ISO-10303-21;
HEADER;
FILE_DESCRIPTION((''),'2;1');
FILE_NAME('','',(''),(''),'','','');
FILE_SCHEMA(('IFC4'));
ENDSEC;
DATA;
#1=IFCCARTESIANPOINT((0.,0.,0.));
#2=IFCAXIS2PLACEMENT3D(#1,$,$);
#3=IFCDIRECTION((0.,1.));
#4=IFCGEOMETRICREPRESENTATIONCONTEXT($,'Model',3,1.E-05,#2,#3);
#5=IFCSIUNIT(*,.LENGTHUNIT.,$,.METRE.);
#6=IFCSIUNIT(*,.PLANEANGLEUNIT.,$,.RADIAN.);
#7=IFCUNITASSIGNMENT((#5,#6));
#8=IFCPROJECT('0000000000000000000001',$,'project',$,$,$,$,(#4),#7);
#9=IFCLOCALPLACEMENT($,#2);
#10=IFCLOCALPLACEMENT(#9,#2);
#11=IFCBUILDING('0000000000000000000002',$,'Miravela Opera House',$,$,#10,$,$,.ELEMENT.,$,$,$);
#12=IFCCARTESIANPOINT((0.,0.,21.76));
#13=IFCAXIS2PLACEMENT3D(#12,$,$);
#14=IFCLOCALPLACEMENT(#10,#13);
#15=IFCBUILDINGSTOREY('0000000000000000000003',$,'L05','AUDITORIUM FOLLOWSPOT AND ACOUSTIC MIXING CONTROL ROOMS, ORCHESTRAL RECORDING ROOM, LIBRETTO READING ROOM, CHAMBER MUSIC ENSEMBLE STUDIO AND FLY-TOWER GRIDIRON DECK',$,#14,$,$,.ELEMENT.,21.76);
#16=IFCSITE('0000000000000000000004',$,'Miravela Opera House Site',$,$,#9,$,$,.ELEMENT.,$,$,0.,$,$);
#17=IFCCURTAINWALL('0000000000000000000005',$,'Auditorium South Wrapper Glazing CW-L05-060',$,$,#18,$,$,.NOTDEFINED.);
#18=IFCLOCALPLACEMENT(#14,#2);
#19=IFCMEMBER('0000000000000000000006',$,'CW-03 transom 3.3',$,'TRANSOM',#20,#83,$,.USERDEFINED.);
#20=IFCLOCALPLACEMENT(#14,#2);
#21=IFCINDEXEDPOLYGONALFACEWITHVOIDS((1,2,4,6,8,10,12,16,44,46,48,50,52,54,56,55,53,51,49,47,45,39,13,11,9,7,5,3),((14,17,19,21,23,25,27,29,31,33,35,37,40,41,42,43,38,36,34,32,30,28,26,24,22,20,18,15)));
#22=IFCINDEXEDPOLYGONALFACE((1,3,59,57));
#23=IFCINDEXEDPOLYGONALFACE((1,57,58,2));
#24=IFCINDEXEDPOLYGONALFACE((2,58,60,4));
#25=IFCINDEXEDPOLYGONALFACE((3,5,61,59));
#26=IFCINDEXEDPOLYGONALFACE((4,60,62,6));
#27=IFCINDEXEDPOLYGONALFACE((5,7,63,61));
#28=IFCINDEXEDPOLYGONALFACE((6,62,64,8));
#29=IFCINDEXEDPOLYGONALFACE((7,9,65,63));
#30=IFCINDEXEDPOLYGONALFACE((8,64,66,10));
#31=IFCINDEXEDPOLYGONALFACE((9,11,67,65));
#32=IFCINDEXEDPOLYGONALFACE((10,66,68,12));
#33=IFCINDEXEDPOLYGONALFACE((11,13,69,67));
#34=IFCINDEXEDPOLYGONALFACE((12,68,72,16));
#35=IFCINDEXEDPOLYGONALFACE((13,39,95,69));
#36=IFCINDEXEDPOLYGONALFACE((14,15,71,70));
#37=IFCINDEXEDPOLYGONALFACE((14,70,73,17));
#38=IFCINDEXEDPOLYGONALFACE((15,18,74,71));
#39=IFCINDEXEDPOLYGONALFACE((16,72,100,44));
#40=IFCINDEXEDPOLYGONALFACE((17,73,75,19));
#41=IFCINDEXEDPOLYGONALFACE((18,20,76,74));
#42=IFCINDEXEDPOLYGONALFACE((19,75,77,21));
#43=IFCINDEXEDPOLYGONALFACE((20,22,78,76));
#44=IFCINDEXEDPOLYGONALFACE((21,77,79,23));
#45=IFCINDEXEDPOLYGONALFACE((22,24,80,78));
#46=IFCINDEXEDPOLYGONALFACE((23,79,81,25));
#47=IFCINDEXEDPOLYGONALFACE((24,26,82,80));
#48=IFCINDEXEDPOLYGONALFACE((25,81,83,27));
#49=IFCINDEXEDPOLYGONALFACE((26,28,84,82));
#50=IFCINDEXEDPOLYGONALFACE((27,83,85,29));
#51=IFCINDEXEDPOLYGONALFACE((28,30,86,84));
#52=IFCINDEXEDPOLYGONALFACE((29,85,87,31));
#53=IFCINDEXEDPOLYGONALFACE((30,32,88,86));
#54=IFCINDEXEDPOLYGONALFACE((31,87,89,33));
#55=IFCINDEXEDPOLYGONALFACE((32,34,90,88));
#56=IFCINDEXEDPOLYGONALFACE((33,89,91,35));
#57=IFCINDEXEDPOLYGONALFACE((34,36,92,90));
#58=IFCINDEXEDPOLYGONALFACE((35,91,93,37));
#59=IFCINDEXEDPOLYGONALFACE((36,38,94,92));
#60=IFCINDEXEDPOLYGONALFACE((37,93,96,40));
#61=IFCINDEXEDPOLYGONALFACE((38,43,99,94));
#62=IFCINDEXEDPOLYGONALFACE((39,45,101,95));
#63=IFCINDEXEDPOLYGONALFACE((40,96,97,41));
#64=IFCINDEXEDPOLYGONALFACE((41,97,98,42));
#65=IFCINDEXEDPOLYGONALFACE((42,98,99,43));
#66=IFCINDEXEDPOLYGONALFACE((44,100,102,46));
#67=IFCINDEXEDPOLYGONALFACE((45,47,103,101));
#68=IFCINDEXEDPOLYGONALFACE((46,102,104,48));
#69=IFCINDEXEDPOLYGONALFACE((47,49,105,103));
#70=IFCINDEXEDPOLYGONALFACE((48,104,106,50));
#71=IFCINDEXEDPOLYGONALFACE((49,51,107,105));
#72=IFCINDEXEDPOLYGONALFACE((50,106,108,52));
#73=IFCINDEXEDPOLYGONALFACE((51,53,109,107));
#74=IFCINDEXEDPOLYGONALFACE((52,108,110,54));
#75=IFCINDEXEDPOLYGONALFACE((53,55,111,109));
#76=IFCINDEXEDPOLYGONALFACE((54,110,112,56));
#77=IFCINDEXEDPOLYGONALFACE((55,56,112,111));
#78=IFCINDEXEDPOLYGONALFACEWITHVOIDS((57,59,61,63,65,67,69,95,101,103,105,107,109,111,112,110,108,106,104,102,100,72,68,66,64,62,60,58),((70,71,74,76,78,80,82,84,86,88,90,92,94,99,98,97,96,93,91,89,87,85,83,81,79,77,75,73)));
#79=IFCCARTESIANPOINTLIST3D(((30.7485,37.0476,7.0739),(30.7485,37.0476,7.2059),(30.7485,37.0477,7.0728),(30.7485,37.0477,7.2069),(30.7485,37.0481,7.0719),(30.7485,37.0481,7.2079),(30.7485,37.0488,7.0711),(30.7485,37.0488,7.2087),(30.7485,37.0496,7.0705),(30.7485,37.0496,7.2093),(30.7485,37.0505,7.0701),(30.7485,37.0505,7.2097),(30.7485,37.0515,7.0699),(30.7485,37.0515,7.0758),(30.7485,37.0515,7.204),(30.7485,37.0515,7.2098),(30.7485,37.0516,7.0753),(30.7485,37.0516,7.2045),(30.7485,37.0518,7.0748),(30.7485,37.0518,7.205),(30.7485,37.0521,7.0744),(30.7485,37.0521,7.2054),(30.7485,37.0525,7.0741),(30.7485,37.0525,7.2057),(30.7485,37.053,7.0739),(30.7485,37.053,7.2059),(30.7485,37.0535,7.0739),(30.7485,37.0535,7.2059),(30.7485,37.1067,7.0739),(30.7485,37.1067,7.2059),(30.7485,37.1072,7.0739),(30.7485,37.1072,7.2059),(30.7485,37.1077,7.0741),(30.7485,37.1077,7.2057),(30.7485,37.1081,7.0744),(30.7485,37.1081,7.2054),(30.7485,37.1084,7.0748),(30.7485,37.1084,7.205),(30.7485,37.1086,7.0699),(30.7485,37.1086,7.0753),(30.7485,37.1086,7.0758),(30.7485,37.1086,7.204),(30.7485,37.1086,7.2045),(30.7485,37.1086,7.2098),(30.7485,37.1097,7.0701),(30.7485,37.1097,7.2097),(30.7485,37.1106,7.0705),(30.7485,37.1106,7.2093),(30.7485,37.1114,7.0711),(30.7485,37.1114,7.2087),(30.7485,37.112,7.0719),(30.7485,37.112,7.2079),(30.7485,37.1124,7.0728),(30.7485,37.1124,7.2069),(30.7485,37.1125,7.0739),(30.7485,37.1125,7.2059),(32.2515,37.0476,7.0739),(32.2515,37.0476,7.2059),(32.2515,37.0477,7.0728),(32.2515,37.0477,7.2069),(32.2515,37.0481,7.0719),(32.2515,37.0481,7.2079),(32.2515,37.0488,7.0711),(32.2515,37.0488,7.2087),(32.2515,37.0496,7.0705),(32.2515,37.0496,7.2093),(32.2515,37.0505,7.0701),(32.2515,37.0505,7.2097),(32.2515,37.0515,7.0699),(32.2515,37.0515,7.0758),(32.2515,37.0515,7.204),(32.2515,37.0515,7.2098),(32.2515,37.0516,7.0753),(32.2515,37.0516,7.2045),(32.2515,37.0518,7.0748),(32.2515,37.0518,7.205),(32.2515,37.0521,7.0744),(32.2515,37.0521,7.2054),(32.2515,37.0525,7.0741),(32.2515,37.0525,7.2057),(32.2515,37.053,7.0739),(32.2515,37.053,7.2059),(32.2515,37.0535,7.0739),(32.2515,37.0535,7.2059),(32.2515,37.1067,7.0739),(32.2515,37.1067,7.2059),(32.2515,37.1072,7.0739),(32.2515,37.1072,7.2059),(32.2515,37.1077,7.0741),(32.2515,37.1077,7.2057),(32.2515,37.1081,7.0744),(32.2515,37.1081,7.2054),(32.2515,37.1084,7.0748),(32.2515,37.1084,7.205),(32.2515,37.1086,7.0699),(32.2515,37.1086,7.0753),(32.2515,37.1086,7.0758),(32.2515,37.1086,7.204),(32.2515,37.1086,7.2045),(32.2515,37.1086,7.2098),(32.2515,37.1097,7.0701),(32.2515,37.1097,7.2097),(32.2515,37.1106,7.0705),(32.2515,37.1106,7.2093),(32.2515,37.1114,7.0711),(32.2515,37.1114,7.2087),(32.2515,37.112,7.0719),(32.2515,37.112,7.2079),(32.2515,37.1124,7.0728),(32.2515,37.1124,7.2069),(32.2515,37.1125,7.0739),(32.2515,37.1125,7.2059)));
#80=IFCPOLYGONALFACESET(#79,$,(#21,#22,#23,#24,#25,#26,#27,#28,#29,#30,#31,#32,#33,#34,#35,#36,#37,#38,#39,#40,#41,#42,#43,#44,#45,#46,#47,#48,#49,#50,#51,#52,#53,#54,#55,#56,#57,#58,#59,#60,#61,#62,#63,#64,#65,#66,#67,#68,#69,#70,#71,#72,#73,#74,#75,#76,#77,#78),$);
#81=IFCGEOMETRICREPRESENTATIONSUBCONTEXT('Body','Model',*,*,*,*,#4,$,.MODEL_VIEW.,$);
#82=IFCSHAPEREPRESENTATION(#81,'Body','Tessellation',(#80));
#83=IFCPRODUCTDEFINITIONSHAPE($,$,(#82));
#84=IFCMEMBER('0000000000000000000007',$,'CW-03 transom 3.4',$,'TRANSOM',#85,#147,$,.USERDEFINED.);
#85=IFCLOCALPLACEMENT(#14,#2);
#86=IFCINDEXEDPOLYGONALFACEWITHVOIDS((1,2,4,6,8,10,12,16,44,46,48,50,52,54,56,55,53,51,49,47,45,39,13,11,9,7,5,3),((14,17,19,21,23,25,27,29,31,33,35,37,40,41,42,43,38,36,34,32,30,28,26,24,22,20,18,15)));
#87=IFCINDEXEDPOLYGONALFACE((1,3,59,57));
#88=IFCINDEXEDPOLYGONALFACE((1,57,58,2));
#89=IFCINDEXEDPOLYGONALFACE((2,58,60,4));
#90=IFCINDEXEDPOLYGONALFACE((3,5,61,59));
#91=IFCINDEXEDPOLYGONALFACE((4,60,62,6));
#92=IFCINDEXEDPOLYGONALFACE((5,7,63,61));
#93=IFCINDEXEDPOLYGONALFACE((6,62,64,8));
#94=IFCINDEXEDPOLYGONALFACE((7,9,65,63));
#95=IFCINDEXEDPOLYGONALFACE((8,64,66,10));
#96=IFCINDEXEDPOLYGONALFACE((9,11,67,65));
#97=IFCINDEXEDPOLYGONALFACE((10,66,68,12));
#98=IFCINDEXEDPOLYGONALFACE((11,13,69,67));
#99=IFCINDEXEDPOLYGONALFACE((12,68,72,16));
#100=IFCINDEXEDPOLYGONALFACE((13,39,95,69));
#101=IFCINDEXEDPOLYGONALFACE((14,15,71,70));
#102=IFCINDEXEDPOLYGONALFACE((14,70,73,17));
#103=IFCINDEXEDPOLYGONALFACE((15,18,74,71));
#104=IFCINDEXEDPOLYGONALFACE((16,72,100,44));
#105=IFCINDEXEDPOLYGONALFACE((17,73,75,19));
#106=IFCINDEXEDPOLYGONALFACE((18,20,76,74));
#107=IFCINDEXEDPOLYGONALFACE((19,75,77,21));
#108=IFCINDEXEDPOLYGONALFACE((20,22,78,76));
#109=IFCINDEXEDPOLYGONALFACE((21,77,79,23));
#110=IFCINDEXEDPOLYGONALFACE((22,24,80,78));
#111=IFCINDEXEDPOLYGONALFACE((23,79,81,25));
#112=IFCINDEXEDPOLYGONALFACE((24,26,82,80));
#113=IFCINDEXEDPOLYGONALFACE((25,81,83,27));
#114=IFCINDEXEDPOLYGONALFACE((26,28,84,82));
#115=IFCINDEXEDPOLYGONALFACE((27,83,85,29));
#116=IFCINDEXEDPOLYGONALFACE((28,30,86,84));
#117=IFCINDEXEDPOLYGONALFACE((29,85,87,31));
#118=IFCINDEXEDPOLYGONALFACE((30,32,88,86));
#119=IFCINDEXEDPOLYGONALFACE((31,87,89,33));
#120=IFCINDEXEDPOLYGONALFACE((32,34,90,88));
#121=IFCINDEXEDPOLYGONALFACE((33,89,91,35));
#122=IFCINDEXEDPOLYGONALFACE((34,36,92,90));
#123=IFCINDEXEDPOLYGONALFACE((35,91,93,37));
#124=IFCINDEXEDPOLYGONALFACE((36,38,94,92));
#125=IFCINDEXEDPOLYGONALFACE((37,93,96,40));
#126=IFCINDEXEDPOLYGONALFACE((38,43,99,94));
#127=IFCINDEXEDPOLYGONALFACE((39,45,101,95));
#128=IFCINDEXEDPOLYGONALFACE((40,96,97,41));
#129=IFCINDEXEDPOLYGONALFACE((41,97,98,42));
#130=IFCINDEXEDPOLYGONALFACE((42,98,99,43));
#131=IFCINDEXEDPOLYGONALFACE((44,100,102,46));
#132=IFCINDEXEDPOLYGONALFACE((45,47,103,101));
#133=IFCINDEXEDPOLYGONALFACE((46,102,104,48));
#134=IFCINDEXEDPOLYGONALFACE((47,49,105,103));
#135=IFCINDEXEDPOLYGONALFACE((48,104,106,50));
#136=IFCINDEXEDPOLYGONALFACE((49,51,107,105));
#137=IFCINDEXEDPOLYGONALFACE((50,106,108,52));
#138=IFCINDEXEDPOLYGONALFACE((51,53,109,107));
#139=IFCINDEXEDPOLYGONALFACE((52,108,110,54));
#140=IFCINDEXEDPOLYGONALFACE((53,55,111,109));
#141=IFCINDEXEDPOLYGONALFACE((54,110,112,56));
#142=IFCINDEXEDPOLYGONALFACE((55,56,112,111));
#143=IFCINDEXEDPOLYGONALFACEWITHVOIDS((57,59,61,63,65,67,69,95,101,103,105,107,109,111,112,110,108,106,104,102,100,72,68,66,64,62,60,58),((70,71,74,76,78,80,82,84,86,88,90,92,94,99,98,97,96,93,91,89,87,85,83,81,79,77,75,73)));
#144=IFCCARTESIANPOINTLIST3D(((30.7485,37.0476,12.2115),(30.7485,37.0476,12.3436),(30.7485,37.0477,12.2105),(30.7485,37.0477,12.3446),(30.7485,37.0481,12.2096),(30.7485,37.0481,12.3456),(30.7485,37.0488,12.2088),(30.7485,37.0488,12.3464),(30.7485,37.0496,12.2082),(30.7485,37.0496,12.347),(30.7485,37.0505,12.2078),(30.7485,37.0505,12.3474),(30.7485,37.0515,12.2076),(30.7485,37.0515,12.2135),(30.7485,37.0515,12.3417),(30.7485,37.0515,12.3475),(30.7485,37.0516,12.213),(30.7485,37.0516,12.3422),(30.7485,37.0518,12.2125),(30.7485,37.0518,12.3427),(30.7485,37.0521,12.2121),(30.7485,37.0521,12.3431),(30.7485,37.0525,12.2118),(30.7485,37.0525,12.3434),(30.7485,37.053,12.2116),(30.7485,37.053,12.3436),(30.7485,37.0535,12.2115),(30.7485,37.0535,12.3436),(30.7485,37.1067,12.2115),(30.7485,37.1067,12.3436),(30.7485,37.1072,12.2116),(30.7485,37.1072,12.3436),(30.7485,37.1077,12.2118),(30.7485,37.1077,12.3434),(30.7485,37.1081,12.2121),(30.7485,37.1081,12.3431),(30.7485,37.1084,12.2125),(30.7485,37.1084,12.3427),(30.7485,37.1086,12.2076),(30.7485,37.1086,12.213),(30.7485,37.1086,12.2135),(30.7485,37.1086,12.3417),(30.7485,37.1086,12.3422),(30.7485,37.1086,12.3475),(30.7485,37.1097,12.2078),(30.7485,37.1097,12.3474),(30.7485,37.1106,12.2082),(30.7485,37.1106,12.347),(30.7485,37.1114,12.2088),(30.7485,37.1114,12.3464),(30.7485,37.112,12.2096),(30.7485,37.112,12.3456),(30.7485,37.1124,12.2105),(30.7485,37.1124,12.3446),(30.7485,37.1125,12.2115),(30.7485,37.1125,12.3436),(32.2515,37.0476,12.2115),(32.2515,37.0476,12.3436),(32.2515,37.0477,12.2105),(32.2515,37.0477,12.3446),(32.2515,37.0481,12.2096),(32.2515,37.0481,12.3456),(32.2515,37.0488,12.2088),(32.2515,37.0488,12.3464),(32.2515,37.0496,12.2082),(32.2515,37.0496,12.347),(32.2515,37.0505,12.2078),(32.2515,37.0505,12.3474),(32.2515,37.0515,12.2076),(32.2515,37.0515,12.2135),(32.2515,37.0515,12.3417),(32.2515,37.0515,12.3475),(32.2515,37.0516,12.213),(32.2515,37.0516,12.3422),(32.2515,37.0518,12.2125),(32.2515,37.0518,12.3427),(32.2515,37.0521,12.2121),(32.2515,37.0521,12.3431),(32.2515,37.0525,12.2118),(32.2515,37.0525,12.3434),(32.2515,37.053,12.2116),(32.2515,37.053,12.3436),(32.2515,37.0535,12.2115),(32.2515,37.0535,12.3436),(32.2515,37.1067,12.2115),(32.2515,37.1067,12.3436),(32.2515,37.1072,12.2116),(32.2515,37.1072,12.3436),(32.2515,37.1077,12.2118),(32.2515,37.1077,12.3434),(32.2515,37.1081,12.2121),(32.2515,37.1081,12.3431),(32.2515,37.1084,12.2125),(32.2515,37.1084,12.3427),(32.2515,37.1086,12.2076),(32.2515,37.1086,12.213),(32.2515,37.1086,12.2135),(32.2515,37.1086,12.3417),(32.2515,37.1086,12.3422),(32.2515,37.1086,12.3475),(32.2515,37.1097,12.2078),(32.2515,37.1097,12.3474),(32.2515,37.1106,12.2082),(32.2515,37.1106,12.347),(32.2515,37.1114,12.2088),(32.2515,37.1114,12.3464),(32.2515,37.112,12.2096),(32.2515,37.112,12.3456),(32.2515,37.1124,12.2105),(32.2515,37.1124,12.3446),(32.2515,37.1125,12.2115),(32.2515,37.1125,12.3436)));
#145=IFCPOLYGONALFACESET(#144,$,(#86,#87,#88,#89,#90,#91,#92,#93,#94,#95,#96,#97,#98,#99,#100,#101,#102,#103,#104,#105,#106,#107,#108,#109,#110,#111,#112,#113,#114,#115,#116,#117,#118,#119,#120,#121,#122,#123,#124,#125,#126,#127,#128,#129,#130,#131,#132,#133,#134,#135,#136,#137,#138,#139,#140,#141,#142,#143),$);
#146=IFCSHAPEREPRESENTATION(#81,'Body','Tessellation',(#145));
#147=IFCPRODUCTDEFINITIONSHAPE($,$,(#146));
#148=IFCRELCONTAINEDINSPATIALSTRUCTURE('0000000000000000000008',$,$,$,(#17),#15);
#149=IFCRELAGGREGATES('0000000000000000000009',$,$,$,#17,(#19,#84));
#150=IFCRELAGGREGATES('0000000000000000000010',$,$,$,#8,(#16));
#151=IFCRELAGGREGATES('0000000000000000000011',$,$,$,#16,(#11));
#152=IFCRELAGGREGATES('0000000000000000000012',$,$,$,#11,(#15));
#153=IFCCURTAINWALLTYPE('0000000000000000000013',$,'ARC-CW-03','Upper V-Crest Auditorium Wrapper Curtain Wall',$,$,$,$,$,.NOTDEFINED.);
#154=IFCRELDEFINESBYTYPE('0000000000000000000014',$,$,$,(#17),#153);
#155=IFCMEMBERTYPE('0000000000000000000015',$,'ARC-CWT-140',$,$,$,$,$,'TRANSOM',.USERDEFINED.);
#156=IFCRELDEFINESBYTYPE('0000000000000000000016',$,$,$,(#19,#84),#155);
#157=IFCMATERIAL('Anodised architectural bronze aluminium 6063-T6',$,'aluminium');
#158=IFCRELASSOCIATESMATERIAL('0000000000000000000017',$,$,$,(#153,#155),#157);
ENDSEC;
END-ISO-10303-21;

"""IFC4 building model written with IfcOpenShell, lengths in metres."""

from ifc_helpers import new_model, si_unit, direction, frame, origin, origin_2d, place, context, subcontext, project, spatial, hollow_rectangle, extrude, material, material_profile, profile_set, type_object, element, aggregate, save


model = new_model("IFC4")

# Units and contexts
model_context = context("Model", 3, precision=1e-05, world=origin(), true_north=direction((0.0, 1.0)))
body_context = subcontext(model_context, "Body", "Model", "MODEL_VIEW")
ifc_project = project(units=[si_unit("LENGTHUNIT", "METRE"), si_unit("PLANEANGLEUNIT", "RADIAN")], contexts=[model_context])

# Site, building, storey
site_placement = place(None, origin())
site = spatial("IfcSite", under=ifc_project, at=site_placement, Name="Miravela Opera House Site", CompositionType="ELEMENT", RefElevation=0.0)
building_placement = place(site_placement, origin())
building = spatial("IfcBuilding", under=site, at=building_placement, Name="Miravela Opera House", CompositionType="ELEMENT")
storey_placement = place(building_placement, frame((0.0, 0.0, 21.76)))
storey = spatial("IfcBuildingStorey", under=building, at=storey_placement, Name="L05", Description="AUDITORIUM FOLLOWSPOT AND ACOUSTIC MIXING CONTROL ROOMS, ORCHESTRAL RECORDING ROOM, LIBRETTO READING ROOM, CHAMBER MUSIC ENSEMBLE STUDIO AND FLY-TOWER GRIDIRON DECK", CompositionType="ELEMENT", Elevation=21.76)

# Curtain wall, members
ifc_material_1 = material(Name="Anodised architectural bronze aluminium 6063-T6", Category="aluminium")
curtain_wall_type = type_object("IfcCurtainWallType", Name="ARC-CW-03", Description="Upper V-Crest Auditorium Wrapper Curtain Wall", PredefinedType="NOTDEFINED", material=ifc_material_1)
curtain_wall_placement = place(storey_placement, origin())
curtain_wall = element("IfcCurtainWall", 1, at=curtain_wall_placement, inside=storey, type_object=curtain_wall_type, Name="Auditorium South Wrapper Glazing CW-L05-060", PredefinedType="NOTDEFINED")
ifc_material_profile_1 = material_profile(ifc_material_1, hollow_rectangle(XDim=0.0649, YDim=0.1399, WallThickness=0.0039, InnerFilletRadius=0.002, OuterFilletRadius=0.0039, at=origin_2d()), Name="CWT-65X140")
ifc_profile_set_1 = profile_set([ifc_material_profile_1])
member_type_1 = type_object("IfcMemberType", Name="ARC-CWT-140", ElementType="TRANSOM", PredefinedType="USERDEFINED", material=ifc_profile_set_1)
member_1_placement = place(storey_placement, frame((30.7485, 37.0801, 7.1399), z_axis=(1.0, 0.0, 0.0), x_axis=(0.0, 1.0, 0.0)))
member_1 = element("IfcMember", 2, at=member_1_placement, type_object=member_type_1, Name="CW-03 transom 3.3", ObjectType="TRANSOM", PredefinedType="USERDEFINED", context=body_context, shape_type="SweptSolid", body=[
    extrude(hollow_rectangle(XDim=0.0649, YDim=0.1399, WallThickness=0.0039, InnerFilletRadius=0.002, OuterFilletRadius=0.0039, at=origin_2d()), origin(), (0.0, 0.0, 1.0), 1.5029),
])
member_2_placement = place(storey_placement, frame((30.7485, 37.0801, 12.2776), z_axis=(1.0, 0.0, 0.0), x_axis=(0.0, 1.0, 0.0)))
member_2 = element("IfcMember", 3, at=member_2_placement, type_object=member_type_1, Name="CW-03 transom 3.4", ObjectType="TRANSOM", PredefinedType="USERDEFINED", context=body_context, shape_type="SweptSolid", body=[
    extrude(hollow_rectangle(XDim=0.0649, YDim=0.1399, WallThickness=0.0039, InnerFilletRadius=0.002, OuterFilletRadius=0.0039, at=origin_2d()), origin(), (0.0, 0.0, 1.0), 1.5029),
])

aggregate(curtain_wall, [member_1, member_2])

save(model, "model.ifc")
